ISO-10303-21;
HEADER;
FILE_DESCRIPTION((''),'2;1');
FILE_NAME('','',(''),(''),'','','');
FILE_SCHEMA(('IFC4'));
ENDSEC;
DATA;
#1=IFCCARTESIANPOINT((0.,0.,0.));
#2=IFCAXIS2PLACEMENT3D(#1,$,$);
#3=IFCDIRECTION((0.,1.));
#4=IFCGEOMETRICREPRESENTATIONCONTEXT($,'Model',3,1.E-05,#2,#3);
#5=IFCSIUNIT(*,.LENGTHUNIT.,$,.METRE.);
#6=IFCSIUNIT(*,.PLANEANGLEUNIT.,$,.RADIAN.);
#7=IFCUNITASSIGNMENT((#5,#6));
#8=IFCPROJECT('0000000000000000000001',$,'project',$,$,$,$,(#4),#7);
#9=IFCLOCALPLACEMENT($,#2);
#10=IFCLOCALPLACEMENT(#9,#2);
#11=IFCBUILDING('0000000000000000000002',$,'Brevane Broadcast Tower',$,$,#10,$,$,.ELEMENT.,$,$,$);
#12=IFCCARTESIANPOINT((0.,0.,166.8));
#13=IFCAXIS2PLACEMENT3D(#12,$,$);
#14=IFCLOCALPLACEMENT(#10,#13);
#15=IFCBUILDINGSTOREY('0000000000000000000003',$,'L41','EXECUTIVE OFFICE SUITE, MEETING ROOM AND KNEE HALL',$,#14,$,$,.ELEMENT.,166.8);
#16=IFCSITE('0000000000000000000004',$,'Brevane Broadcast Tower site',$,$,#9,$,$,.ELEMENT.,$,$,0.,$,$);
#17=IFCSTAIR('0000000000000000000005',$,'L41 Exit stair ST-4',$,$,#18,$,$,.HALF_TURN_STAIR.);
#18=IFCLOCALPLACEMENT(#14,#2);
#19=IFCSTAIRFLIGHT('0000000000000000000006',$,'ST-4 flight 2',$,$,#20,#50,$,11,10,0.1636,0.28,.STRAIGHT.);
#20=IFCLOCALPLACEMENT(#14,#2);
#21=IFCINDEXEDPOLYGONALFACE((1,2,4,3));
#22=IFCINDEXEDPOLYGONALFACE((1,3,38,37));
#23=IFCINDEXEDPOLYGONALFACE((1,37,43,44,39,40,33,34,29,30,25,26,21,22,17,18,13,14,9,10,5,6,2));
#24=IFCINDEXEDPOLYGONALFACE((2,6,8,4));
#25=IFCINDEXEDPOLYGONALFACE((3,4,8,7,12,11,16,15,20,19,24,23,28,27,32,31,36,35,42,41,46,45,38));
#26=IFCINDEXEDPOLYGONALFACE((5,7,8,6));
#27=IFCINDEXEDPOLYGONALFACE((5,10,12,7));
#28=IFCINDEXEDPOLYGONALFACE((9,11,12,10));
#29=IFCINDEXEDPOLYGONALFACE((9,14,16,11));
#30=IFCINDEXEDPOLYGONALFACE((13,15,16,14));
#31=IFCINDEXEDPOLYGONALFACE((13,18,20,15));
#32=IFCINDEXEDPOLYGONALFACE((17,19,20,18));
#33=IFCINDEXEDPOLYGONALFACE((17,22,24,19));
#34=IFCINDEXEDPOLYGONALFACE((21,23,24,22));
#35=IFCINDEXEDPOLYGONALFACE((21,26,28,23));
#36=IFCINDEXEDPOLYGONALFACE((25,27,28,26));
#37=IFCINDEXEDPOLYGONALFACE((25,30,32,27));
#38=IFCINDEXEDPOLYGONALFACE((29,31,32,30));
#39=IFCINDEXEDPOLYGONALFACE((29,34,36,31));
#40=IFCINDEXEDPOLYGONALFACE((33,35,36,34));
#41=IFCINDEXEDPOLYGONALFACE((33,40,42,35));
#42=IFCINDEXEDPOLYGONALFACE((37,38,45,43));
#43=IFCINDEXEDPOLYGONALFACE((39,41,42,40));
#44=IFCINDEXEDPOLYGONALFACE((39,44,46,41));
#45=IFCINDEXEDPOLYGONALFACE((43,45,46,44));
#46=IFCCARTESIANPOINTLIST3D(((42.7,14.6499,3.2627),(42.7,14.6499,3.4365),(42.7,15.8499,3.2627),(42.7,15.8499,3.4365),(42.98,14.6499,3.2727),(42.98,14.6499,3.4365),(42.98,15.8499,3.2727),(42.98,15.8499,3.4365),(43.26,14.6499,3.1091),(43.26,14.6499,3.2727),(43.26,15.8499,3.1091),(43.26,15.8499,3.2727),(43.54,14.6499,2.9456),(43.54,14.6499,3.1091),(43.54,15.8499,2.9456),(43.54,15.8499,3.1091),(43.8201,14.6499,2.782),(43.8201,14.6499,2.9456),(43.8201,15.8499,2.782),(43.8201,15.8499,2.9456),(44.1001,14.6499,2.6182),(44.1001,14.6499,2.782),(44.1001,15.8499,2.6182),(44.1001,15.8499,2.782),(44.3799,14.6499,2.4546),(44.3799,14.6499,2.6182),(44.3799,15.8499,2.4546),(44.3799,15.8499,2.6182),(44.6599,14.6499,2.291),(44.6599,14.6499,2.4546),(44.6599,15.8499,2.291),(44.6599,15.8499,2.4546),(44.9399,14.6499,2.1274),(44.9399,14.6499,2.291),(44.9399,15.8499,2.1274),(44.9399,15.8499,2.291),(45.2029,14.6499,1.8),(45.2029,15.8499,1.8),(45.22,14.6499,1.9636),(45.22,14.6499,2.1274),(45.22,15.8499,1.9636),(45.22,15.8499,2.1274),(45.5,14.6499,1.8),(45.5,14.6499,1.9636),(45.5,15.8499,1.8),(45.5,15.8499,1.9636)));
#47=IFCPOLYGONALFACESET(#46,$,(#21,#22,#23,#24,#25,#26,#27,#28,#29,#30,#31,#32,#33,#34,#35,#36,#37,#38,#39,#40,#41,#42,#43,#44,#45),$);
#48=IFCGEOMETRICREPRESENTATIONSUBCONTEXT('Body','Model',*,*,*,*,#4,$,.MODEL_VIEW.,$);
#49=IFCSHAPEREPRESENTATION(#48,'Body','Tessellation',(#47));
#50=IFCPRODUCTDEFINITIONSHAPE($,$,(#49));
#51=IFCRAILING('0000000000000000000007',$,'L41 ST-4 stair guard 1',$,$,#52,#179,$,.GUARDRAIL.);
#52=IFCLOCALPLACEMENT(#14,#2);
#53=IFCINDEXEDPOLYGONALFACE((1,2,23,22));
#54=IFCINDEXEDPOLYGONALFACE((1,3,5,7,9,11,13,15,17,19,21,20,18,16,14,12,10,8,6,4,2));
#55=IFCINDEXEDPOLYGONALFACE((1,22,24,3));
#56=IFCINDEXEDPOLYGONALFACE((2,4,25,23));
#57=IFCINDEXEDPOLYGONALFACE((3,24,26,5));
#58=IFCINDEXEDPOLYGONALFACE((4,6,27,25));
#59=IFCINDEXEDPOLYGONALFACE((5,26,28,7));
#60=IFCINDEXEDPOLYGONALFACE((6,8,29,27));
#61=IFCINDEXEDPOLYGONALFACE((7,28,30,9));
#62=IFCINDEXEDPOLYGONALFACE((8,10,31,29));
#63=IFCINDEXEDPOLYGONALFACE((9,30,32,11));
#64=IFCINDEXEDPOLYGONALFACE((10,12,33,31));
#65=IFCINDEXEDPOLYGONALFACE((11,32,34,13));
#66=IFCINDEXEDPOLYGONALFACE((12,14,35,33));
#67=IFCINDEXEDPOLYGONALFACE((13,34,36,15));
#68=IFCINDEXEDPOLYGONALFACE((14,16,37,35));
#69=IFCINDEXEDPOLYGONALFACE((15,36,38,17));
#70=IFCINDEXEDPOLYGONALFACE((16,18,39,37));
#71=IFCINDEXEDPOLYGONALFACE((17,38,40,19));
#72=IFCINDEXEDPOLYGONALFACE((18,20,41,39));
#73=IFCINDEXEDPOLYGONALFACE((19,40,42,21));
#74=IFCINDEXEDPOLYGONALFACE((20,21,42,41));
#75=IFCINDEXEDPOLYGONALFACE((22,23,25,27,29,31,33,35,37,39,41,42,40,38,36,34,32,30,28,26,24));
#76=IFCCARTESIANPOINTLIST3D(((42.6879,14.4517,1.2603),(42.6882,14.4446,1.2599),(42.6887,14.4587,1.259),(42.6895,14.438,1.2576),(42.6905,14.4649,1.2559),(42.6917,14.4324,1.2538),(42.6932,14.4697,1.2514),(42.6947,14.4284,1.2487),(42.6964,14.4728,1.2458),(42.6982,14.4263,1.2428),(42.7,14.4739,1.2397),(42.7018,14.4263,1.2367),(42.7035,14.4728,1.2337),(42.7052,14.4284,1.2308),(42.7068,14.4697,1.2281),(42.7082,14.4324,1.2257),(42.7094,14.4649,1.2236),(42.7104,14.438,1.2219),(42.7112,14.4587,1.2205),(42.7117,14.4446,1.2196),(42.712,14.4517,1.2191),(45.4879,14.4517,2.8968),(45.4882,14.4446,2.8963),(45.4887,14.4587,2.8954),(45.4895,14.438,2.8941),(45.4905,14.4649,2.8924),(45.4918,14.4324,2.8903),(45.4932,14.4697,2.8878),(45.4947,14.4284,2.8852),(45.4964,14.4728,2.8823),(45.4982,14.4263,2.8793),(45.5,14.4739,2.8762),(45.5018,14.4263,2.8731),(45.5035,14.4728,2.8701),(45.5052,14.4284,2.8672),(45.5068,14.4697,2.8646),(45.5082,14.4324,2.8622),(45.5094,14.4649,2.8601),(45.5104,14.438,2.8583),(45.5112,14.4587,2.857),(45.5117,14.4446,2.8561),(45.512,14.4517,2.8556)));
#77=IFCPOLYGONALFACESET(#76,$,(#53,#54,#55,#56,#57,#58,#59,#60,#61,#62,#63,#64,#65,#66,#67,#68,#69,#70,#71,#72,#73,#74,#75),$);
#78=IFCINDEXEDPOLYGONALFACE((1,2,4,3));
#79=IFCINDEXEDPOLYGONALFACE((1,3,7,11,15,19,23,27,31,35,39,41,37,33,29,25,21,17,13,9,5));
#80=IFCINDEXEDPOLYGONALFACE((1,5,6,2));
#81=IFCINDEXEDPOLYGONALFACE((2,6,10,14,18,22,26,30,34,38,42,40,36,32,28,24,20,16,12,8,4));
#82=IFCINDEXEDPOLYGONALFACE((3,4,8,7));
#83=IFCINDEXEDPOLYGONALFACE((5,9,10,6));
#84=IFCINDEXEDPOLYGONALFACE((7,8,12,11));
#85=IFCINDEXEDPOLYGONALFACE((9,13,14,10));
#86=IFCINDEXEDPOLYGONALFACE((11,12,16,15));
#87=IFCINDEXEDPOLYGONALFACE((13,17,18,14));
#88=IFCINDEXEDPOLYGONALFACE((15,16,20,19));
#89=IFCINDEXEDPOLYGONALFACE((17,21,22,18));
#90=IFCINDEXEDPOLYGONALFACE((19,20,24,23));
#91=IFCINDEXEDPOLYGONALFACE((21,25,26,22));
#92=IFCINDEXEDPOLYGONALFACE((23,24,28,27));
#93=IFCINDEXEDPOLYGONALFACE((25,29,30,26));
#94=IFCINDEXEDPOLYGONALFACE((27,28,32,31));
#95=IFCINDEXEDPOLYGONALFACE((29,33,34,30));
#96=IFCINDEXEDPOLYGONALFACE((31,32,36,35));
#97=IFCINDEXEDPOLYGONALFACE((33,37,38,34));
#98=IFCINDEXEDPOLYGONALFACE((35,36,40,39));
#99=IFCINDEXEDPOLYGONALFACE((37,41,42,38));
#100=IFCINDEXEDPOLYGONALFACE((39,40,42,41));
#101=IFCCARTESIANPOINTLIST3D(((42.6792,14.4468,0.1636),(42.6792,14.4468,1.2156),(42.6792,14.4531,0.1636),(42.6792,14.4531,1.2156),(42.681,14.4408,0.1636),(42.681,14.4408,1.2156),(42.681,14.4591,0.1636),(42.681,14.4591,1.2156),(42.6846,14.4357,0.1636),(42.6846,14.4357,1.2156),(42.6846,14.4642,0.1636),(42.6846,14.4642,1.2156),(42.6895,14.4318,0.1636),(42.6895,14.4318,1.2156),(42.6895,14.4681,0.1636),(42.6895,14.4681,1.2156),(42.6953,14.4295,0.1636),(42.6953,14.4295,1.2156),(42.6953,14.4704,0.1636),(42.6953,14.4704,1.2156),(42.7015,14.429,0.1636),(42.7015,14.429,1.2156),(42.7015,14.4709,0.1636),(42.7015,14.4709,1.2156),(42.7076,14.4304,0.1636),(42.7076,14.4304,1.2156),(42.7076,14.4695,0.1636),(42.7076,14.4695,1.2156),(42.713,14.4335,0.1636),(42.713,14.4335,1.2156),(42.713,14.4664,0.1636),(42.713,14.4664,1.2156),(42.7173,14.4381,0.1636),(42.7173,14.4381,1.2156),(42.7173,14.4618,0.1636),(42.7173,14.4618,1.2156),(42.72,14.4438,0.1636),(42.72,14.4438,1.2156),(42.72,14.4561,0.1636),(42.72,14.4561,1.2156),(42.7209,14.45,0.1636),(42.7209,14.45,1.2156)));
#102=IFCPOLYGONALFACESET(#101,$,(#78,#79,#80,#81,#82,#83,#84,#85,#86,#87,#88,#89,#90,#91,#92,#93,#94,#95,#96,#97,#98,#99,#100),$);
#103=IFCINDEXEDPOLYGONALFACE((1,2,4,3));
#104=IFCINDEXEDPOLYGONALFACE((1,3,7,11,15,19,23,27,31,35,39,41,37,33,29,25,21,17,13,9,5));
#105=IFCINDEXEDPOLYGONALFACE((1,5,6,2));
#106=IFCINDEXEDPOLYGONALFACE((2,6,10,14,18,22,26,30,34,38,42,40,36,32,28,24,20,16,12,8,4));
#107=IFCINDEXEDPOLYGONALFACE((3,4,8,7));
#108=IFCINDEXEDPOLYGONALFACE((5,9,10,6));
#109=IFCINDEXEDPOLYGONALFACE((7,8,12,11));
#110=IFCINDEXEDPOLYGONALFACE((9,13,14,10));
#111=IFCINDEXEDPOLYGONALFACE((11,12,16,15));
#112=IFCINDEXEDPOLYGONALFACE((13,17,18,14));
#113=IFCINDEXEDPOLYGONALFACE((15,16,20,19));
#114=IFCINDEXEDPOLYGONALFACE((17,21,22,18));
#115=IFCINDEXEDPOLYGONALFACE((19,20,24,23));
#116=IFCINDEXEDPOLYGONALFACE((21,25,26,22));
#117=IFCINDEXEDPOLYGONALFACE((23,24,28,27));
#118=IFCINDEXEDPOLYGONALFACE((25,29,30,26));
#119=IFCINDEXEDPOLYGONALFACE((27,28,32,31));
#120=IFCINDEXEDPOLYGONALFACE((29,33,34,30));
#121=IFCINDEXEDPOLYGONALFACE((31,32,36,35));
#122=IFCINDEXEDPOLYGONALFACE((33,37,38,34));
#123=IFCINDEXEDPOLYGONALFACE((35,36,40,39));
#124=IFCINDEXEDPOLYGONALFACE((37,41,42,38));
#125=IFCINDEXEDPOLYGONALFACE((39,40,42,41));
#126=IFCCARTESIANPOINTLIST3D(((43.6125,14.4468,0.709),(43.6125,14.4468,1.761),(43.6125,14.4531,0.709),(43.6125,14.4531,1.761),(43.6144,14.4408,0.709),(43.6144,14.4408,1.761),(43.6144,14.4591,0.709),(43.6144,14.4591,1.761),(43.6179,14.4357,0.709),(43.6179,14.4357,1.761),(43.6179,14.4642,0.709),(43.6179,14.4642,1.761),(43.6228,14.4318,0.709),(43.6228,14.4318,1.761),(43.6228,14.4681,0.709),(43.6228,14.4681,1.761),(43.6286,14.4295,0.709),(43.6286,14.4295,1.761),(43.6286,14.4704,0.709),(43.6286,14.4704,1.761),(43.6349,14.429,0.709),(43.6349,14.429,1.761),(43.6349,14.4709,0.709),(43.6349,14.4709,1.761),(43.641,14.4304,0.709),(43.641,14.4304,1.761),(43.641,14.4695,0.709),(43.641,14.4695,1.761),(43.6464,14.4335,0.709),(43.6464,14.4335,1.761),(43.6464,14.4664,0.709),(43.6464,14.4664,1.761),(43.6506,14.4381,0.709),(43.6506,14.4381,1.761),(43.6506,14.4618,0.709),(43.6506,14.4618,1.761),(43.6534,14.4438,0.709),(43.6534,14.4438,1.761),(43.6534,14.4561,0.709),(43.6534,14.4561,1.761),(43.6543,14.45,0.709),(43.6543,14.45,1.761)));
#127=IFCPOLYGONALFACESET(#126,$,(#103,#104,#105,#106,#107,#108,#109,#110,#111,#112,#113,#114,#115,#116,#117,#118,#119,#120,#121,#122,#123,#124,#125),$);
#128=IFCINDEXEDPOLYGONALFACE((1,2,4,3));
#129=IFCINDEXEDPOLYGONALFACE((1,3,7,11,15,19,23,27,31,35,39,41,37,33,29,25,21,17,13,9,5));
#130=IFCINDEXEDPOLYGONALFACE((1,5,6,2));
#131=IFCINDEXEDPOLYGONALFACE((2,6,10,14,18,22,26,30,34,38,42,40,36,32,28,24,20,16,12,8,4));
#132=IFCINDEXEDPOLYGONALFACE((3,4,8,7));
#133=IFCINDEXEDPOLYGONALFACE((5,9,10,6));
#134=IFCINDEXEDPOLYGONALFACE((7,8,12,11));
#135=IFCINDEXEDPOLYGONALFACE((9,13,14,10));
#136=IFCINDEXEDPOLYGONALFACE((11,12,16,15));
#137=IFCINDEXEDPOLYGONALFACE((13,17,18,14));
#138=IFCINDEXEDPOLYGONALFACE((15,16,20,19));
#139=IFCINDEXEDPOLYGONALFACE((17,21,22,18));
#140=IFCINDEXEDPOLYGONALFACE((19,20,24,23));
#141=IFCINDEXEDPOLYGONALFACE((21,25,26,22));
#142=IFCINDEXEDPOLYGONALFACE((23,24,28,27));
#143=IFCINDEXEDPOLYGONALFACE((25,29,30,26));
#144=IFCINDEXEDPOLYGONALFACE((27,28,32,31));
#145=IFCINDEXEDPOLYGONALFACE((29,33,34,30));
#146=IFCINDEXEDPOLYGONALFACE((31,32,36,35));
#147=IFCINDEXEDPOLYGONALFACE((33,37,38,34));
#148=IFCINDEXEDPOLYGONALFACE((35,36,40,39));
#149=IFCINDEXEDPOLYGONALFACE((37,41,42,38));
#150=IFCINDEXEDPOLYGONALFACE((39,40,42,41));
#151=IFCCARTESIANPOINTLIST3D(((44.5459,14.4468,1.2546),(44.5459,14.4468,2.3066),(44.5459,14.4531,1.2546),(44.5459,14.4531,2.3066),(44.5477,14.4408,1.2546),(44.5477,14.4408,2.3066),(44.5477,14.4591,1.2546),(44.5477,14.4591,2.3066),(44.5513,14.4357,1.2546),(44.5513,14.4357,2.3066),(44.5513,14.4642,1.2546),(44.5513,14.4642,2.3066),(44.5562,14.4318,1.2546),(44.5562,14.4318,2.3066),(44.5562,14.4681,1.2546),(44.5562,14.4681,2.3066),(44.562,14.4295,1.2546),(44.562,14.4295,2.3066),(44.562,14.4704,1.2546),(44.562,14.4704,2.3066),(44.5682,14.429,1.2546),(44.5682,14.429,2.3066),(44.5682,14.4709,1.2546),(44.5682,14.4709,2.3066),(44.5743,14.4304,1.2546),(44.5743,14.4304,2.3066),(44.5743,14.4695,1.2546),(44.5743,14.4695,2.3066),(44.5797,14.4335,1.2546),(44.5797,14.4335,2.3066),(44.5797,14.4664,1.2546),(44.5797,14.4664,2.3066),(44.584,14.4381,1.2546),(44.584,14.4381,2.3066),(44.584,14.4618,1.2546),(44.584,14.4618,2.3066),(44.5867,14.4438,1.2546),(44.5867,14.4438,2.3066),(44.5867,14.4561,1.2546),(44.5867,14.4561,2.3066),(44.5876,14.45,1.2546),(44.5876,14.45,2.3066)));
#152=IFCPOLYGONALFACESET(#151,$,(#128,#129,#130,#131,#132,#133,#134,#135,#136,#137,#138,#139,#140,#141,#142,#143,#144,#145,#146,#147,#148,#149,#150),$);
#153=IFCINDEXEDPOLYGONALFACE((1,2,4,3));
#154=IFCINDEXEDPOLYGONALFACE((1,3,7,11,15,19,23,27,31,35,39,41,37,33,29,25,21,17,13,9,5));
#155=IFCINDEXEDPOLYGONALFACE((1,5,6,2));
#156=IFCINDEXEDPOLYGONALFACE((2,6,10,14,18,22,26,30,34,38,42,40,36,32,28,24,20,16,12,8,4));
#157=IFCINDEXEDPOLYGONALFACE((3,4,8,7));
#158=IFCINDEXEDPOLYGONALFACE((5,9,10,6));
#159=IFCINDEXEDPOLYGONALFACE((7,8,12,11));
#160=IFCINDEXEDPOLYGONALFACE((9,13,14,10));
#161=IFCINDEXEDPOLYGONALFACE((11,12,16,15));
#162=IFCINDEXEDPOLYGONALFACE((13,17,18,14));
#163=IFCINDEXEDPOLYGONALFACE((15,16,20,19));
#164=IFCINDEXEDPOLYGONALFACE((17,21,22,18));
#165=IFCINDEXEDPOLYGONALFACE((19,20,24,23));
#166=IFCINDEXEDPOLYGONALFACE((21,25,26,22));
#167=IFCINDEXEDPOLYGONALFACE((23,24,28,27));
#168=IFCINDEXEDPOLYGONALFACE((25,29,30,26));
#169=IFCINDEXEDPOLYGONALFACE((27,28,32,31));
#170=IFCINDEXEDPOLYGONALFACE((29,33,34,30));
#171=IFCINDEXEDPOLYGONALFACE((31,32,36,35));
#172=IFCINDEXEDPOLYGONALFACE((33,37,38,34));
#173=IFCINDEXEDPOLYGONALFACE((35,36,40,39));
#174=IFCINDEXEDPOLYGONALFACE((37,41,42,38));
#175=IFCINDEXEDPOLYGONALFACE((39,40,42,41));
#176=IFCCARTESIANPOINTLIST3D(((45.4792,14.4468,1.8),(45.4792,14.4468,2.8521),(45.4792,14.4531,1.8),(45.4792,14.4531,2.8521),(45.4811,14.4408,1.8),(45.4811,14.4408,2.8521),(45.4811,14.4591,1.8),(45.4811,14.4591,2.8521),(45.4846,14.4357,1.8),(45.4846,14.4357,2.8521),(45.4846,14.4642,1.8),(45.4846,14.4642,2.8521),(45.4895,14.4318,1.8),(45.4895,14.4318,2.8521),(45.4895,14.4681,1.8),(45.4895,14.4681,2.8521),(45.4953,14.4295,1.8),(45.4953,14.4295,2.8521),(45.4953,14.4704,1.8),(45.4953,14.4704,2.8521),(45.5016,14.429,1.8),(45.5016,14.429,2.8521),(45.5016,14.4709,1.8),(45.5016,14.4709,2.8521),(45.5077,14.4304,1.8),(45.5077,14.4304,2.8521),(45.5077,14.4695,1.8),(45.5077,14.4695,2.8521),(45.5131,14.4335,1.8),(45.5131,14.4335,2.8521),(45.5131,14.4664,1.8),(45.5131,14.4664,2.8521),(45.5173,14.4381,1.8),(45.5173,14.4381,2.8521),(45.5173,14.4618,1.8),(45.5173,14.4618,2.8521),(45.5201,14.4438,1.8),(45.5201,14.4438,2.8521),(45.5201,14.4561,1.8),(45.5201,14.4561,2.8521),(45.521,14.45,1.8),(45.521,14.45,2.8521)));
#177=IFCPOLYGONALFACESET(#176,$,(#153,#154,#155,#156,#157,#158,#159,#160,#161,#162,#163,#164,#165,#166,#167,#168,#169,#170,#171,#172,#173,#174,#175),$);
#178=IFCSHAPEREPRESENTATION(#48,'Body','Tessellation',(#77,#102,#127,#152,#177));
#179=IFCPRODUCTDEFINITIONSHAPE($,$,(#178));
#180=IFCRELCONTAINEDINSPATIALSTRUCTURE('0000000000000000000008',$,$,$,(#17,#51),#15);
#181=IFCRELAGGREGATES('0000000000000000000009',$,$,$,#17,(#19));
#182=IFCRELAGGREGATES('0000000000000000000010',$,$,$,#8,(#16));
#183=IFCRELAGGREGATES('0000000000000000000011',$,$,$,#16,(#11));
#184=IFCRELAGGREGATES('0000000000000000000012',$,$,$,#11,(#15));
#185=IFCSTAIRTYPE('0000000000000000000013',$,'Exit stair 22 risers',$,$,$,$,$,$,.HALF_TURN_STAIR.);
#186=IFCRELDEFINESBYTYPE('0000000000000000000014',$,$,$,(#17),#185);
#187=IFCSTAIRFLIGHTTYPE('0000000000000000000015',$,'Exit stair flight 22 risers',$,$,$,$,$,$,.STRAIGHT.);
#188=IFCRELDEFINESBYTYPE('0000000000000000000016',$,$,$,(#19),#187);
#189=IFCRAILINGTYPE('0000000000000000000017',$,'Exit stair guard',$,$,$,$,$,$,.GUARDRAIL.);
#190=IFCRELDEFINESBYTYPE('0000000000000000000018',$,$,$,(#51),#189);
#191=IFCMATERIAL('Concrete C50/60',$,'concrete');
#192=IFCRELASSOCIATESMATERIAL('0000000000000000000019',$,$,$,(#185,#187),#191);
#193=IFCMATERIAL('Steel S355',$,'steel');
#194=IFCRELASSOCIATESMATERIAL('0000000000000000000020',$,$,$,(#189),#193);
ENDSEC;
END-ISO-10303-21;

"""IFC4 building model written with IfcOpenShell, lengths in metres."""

from ifc_helpers import new_model, si_unit, direction, frame, origin, origin_2d, place, context, subcontext, project, spatial, polyline, circle, outline, extrude, material, type_object, element, aggregate, save


model = new_model("IFC4")

# Units and contexts
model_context = context("Model", 3, precision=1e-05, world=origin(), true_north=direction((0.0, 1.0)))
body_context = subcontext(model_context, "Body", "Model", "MODEL_VIEW")
ifc_project = project(units=[si_unit("LENGTHUNIT", "METRE"), si_unit("PLANEANGLEUNIT", "RADIAN")], contexts=[model_context])

# Site, building, storey
site_placement = place(None, origin())
site = spatial("IfcSite", under=ifc_project, at=site_placement, Name="Brevane Broadcast Tower site", CompositionType="ELEMENT", RefElevation=0.0)
building_placement = place(site_placement, origin())
building = spatial("IfcBuilding", under=site, at=building_placement, Name="Brevane Broadcast Tower", CompositionType="ELEMENT")
storey_placement = place(building_placement, frame((0.0, 0.0, 166.8)))
storey = spatial("IfcBuildingStorey", under=building, at=storey_placement, Name="L41", Description="EXECUTIVE OFFICE SUITE, MEETING ROOM AND KNEE HALL", CompositionType="ELEMENT", Elevation=166.8)

# Stair, stair flight
ifc_material_1 = material(Name="Concrete C50/60", Category="concrete")
stair_type = type_object("IfcStairType", Name="Exit stair 22 risers", PredefinedType="HALF_TURN_STAIR", material=ifc_material_1)
stair_placement = place(storey_placement, origin())
stair = element("IfcStair", 1, at=stair_placement, inside=storey, type_object=stair_type, Name="L41 Exit stair ST-4", PredefinedType="HALF_TURN_STAIR")
stair_flight_type = type_object("IfcStairFlightType", Name="Exit stair flight 22 risers", PredefinedType="STRAIGHT", material=ifc_material_1)
stair_flight_1_placement = place(storey_placement, frame((45.5, 15.25, 1.8), z_axis=(0.0, 0.0, 1.0), x_axis=(-1.0, 0.0, 0.0)))
stair_flight_1 = element("IfcStairFlight", 2, at=stair_flight_1_placement, type_object=stair_flight_type, Name="ST-4 flight 2", NumberOfRisers=11, NumberOfTreads=10, PredefinedType="STRAIGHT", RiserHeight=0.1636, TreadLength=0.28, context=body_context, shape_type="SweptSolid", body=[
    extrude(outline(polyline([(0.0, 0.0), (0.0, 0.1636), (0.28, 0.1636), (0.28, 0.3274), (0.5601, 0.3274), (0.5601, 0.491), (0.8401, 0.491), (0.8401, 0.6545), (1.1201, 0.6545), (1.1201, 0.8181), (1.3999, 0.8181), (1.3999, 0.9819), (1.6799, 0.9819), (1.6799, 1.1455), (1.96, 1.1455), (1.96, 1.3091), (2.24, 1.3091), (2.24, 1.4727), (2.52, 1.4727), (2.52, 1.6365), (2.8, 1.6365), (2.8, 1.8), (2.8, 1.4626), (0.2971, 0.0), (0.0, 0.0)])), frame((0.0, 0.6001, 0.0), z_axis=(0.0, -1.0, 0.0), x_axis=(1.0, 0.0, 0.0)), (0.0, 0.0, 1.0), 1.2),
])
aggregate(stair, [stair_flight_1])

# Railing
ifc_material_2 = material(Name="Steel S355", Category="steel")
railing_type_1 = type_object("IfcRailingType", Name="Exit stair guard", PredefinedType="GUARDRAIL", material=ifc_material_2)
railing_1_placement = place(storey_placement, frame((42.7, 14.45, 0.1636)))
element("IfcRailing", 3, at=railing_1_placement, inside=storey, type_object=railing_type_1, Name="L41 ST-4 stair guard 1", PredefinedType="GUARDRAIL", context=body_context, shape_type="SweptSolid", body=[
    extrude(circle(Radius=0.0239, at=origin_2d()), frame((0.0, 0.0, 1.0762), z_axis=(0.863361, 0.0, 0.504587), x_axis=(0.0, 1.0, 0.0)), (0.0, 0.0, 1.0), 3.2432),
    extrude(circle(Radius=0.021, at=origin_2d()), origin(), (0.0, 0.0, 1.0), 1.052),
    extrude(circle(Radius=0.021, at=origin_2d()), frame((0.9333, 0.0, 0.5454)), (0.0, 0.0, 1.0), 1.052),
    extrude(circle(Radius=0.021, at=origin_2d()), frame((1.8667, 0.0, 1.0911)), (0.0, 0.0, 1.0), 1.052),
    extrude(circle(Radius=0.021, at=origin_2d()), frame((2.8, 0.0, 1.6365)), (0.0, 0.0, 1.0), 1.052),
])

save(model, "model.ifc")
